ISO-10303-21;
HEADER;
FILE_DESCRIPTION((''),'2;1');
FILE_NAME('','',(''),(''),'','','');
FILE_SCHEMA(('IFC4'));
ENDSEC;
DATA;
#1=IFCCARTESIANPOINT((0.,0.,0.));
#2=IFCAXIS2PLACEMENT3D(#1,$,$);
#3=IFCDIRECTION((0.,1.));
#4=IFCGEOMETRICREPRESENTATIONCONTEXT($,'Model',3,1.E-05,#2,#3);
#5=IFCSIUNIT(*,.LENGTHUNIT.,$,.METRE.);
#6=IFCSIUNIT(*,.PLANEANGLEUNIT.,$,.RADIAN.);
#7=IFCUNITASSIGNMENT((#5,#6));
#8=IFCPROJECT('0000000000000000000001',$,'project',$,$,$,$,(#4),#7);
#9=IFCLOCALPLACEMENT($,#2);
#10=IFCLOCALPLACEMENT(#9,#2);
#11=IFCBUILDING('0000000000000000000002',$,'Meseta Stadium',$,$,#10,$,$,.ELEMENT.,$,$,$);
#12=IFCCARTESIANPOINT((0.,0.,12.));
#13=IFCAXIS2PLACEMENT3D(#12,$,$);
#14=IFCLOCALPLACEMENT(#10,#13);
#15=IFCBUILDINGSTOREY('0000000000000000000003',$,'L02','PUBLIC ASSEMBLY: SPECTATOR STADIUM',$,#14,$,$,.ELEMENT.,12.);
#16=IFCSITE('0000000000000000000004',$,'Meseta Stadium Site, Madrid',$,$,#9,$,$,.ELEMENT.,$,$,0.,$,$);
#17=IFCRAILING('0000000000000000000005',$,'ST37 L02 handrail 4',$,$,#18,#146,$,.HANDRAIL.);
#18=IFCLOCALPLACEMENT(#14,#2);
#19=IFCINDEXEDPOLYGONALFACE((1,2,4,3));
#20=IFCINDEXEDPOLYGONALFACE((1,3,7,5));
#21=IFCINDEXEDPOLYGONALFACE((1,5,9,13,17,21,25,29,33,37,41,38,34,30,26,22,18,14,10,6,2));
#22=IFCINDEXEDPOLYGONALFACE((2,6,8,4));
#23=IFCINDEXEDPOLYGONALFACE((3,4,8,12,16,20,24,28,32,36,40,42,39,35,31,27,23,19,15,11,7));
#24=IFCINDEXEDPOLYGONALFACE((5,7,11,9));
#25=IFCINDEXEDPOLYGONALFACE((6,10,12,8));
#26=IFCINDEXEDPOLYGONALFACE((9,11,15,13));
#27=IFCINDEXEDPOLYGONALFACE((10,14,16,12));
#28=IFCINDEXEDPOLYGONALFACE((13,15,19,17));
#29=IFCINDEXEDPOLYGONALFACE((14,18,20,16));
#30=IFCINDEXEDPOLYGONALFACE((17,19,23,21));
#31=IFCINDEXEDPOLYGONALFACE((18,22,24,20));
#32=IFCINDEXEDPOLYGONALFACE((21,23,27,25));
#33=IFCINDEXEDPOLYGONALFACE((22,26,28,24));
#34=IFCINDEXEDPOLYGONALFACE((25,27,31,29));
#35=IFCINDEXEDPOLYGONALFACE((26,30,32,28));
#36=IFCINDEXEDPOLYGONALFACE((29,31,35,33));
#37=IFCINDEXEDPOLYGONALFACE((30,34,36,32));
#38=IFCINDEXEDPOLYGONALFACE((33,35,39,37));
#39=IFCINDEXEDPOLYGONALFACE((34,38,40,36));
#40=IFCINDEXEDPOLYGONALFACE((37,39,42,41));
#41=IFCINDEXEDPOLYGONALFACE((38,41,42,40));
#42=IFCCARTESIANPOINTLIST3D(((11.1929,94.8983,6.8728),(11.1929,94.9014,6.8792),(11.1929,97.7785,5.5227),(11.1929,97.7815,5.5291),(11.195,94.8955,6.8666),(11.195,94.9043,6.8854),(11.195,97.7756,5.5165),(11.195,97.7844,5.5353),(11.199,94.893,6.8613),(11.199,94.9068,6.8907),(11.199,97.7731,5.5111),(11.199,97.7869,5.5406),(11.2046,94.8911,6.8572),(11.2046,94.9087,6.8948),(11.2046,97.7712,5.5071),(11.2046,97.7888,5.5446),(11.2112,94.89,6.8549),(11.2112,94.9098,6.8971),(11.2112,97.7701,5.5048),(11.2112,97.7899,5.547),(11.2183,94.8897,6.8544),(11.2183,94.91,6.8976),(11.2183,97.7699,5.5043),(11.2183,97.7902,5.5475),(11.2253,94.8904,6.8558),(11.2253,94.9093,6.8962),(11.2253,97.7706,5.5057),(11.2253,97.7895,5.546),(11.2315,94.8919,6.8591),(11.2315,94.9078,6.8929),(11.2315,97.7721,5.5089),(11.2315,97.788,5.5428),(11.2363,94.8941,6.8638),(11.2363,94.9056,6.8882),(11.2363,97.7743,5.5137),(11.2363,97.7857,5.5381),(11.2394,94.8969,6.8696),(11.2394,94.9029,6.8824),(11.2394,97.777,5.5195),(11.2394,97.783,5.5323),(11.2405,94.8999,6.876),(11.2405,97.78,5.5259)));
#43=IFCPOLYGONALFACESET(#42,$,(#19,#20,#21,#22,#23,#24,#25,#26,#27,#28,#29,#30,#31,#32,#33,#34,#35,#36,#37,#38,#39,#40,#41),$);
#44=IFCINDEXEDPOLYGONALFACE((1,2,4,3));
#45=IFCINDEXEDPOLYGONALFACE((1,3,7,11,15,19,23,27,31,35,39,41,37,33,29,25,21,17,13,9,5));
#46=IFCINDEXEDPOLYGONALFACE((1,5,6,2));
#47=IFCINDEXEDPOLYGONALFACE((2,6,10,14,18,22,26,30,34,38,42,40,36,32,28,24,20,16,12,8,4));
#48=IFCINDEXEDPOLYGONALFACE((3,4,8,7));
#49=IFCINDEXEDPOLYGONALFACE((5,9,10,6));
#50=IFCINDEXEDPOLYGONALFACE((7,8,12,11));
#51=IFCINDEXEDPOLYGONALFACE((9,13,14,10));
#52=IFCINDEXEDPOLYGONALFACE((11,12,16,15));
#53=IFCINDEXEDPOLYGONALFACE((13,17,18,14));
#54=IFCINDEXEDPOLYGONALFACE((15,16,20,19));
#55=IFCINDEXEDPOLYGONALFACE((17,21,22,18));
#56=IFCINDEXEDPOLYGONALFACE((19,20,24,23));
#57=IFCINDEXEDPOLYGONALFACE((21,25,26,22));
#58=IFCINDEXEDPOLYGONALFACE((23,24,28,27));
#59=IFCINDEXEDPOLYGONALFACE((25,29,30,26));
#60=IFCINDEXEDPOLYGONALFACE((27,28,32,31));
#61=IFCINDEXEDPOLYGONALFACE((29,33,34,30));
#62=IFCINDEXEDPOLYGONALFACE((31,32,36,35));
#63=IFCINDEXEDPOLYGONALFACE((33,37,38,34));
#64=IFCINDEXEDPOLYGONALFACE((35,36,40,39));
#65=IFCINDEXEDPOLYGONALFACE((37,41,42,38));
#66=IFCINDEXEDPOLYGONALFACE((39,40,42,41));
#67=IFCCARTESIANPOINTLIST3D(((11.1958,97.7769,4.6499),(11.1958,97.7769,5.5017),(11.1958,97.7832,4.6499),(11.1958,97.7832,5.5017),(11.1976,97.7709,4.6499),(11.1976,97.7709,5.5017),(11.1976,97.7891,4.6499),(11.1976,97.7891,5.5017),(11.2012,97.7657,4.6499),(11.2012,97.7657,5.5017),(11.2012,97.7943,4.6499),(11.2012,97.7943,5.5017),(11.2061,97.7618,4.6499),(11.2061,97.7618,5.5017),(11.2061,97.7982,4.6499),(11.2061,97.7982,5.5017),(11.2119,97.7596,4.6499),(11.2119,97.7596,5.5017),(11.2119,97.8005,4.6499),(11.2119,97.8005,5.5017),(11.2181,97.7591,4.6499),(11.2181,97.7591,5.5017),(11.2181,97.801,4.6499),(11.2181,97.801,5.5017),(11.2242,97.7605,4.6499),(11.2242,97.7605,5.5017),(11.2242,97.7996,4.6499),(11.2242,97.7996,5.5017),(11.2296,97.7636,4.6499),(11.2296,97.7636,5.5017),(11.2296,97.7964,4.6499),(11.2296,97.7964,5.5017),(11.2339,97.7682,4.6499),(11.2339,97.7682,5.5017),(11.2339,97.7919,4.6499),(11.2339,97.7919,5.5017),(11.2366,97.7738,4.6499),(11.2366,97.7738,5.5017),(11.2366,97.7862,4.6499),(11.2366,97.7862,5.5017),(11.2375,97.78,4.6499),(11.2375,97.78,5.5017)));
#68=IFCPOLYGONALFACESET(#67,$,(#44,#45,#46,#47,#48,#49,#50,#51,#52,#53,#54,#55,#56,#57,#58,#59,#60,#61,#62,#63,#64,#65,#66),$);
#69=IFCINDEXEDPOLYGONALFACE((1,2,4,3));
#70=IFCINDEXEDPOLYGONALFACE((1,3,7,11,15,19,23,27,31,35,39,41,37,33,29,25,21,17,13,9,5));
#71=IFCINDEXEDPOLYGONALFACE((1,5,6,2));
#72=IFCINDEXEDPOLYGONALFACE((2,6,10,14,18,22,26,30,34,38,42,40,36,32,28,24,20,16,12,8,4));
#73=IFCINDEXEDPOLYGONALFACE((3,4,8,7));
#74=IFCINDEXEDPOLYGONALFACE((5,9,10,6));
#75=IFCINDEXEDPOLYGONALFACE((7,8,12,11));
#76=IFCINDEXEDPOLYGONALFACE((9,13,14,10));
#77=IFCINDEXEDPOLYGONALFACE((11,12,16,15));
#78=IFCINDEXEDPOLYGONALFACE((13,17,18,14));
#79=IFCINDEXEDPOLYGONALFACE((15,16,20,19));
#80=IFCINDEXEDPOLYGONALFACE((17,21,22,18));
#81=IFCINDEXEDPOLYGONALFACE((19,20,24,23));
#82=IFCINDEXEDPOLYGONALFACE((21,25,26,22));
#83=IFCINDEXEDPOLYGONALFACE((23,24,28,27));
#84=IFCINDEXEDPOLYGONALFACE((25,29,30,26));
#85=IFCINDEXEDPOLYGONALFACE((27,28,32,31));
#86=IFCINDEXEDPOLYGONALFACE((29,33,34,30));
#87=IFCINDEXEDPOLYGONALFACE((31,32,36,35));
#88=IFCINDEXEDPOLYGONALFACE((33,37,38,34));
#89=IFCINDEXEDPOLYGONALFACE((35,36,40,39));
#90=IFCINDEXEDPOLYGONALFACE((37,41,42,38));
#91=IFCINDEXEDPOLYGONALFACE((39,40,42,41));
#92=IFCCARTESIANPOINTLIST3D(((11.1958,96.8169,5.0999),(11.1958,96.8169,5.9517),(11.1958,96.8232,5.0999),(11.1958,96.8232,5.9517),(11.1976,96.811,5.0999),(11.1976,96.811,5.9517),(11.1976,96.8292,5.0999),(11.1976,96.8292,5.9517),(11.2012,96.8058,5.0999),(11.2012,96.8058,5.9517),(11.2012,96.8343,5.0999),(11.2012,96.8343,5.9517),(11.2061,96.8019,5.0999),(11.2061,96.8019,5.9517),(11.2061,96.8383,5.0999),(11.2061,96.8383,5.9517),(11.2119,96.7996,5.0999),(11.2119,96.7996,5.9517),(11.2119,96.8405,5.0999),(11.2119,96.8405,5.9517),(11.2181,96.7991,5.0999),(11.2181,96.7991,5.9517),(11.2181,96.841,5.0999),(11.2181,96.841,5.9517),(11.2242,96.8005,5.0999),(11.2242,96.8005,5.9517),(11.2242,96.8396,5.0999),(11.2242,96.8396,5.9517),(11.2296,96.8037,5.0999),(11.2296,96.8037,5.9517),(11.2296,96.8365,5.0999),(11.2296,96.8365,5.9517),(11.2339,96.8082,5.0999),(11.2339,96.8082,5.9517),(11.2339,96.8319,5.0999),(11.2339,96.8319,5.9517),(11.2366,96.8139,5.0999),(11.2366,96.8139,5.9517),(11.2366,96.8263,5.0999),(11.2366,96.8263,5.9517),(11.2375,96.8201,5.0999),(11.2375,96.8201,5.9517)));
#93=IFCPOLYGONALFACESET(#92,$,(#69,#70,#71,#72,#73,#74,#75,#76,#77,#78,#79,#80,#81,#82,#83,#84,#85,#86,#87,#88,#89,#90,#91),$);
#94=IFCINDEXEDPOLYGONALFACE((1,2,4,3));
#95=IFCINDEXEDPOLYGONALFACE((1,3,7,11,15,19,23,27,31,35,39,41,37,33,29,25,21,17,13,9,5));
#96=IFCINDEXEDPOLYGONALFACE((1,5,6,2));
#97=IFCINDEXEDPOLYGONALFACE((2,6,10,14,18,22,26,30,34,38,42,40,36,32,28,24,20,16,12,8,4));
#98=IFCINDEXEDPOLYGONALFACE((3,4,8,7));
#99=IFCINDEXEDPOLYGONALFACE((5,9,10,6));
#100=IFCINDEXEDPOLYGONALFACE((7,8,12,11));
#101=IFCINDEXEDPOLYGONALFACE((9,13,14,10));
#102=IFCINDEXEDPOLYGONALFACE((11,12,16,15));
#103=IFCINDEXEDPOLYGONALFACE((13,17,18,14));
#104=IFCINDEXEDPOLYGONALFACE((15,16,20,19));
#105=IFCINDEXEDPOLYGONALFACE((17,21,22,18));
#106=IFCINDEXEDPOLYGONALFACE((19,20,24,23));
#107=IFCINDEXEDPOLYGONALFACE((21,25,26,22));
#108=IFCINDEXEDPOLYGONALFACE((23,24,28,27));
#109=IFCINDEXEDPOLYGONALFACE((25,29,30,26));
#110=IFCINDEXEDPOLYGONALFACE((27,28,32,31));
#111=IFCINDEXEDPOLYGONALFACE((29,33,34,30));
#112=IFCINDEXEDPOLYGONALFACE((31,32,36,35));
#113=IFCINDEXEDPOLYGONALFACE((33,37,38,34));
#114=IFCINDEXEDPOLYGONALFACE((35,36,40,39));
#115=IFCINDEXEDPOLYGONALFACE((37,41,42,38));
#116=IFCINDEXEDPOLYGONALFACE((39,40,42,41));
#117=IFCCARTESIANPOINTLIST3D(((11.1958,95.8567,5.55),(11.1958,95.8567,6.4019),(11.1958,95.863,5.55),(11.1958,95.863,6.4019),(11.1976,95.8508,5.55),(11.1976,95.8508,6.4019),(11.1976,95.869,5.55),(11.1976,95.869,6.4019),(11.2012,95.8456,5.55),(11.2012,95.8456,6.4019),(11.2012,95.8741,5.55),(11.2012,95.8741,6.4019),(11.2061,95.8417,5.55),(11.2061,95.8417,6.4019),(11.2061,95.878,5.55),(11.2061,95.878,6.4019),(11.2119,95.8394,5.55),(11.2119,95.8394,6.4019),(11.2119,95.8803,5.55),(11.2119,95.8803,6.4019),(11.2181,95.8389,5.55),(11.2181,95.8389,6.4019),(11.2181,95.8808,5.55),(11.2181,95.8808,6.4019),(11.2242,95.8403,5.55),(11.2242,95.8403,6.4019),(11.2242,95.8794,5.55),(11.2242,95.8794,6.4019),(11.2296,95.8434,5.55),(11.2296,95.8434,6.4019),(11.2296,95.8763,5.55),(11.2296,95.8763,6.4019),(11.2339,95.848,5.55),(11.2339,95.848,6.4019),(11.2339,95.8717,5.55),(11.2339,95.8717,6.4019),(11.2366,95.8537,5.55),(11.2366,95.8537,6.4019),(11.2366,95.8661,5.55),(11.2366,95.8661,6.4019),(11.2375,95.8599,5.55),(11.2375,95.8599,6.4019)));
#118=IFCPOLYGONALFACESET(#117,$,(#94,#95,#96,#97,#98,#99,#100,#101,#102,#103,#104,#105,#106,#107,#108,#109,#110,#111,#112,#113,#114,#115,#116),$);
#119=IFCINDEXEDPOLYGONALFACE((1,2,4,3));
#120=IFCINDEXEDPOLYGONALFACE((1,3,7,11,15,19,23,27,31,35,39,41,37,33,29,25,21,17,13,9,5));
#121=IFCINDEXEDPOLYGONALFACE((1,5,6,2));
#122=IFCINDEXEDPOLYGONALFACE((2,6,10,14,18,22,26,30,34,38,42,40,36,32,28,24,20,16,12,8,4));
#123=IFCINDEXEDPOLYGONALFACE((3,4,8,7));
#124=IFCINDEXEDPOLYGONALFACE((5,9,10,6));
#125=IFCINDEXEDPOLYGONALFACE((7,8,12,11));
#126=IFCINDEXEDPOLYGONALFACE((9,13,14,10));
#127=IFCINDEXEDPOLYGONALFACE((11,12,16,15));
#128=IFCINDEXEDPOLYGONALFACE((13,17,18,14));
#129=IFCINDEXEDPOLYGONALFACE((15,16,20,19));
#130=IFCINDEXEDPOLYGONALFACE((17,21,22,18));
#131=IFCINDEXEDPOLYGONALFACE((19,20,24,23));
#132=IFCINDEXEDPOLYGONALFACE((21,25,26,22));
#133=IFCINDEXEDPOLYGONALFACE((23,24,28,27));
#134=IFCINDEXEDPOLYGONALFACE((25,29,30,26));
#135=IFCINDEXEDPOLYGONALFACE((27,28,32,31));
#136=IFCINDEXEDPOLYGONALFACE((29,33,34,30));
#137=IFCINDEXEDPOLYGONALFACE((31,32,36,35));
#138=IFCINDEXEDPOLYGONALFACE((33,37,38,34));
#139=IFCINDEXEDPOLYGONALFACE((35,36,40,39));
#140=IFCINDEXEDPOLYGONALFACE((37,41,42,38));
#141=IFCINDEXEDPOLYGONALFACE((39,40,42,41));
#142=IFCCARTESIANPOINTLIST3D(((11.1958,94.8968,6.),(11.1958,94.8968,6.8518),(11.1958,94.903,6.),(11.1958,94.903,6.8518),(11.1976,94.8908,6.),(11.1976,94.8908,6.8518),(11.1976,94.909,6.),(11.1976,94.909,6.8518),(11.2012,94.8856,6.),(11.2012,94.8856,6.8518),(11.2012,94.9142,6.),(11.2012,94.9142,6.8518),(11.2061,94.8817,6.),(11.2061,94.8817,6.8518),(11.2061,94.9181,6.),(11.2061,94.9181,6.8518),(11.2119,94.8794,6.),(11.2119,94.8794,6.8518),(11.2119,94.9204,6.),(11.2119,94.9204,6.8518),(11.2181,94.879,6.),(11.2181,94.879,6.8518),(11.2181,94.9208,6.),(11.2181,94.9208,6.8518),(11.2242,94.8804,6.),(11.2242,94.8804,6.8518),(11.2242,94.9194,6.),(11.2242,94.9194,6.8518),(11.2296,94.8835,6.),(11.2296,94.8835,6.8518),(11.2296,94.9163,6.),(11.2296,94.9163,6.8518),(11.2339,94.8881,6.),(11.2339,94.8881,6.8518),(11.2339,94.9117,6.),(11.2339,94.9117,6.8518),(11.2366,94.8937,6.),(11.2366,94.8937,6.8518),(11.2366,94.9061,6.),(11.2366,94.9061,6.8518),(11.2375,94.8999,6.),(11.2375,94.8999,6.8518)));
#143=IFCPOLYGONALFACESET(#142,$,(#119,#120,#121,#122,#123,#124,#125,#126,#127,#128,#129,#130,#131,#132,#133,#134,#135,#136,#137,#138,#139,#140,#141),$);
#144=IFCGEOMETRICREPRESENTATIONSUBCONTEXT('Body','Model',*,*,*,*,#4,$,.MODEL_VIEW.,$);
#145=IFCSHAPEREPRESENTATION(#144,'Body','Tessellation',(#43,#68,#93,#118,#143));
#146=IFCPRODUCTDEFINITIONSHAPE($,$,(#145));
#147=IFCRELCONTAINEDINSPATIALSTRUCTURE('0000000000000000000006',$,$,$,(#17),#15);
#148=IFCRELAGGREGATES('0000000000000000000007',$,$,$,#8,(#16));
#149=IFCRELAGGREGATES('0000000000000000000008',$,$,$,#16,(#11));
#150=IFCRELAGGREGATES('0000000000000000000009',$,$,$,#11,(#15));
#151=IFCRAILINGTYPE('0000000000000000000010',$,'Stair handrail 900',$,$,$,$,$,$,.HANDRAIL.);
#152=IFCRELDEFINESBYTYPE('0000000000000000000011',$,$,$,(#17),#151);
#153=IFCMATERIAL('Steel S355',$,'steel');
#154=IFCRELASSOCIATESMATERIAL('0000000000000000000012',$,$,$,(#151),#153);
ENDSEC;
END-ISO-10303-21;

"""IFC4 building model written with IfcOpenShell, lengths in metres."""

from ifc_helpers import new_model, si_unit, direction, frame, origin, origin_2d, place, context, subcontext, project, spatial, circle, extrude, material, type_object, element, save


model = new_model("IFC4")

# Units and contexts
model_context = context("Model", 3, precision=1e-05, world=origin(), true_north=direction((0.0, 1.0)))
body_context = subcontext(model_context, "Body", "Model", "MODEL_VIEW")
ifc_project = project(units=[si_unit("LENGTHUNIT", "METRE"), si_unit("PLANEANGLEUNIT", "RADIAN")], contexts=[model_context])

# Site, building, storey
site_placement = place(None, origin())
site = spatial("IfcSite", under=ifc_project, at=site_placement, Name="Meseta Stadium Site, Madrid", CompositionType="ELEMENT", RefElevation=0.0)
building_placement = place(site_placement, origin())
building = spatial("IfcBuilding", under=site, at=building_placement, Name="Meseta Stadium", CompositionType="ELEMENT")
storey_placement = place(building_placement, frame((0.0, 0.0, 12.0)))
storey = spatial("IfcBuildingStorey", under=building, at=storey_placement, Name="L02", Description="PUBLIC ASSEMBLY: SPECTATOR STADIUM", CompositionType="ELEMENT", Elevation=12.0)

# Railing
ifc_material_1 = material(Name="Steel S355", Category="steel")
railing_type_1 = type_object("IfcRailingType", Name="Stair handrail 900", PredefinedType="HANDRAIL", material=ifc_material_1)
railing_1_placement = place(storey_placement, frame((11.2166, 97.78, 4.6499)))
element("IfcRailing", 1, at=railing_1_placement, inside=storey, type_object=railing_type_1, Name="ST37 L02 handrail 4", PredefinedType="HANDRAIL", context=body_context, shape_type="SweptSolid", body=[
    extrude(circle(Radius=0.0239, at=origin_2d()), frame((0.0, 0.0, 0.876), z_axis=(0.0, -0.905454, 0.424444), x_axis=(1.0, 0.0, 0.0)), (0.0, 0.0, 1.0), 3.1809),
    extrude(circle(Radius=0.021, at=origin_2d()), origin(), (0.0, 0.0, 1.0), 0.8518),
    extrude(circle(Radius=0.021, at=origin_2d()), frame((0.0, -0.96, 0.45)), (0.0, 0.0, 1.0), 0.8518),
    extrude(circle(Radius=0.021, at=origin_2d()), frame((0.0, -1.9202, 0.9001)), (0.0, 0.0, 1.0), 0.8518),
    extrude(circle(Radius=0.021, at=origin_2d()), frame((0.0, -2.8801, 1.3501)), (0.0, 0.0, 1.0), 0.8518),
])

save(model, "model.ifc")
